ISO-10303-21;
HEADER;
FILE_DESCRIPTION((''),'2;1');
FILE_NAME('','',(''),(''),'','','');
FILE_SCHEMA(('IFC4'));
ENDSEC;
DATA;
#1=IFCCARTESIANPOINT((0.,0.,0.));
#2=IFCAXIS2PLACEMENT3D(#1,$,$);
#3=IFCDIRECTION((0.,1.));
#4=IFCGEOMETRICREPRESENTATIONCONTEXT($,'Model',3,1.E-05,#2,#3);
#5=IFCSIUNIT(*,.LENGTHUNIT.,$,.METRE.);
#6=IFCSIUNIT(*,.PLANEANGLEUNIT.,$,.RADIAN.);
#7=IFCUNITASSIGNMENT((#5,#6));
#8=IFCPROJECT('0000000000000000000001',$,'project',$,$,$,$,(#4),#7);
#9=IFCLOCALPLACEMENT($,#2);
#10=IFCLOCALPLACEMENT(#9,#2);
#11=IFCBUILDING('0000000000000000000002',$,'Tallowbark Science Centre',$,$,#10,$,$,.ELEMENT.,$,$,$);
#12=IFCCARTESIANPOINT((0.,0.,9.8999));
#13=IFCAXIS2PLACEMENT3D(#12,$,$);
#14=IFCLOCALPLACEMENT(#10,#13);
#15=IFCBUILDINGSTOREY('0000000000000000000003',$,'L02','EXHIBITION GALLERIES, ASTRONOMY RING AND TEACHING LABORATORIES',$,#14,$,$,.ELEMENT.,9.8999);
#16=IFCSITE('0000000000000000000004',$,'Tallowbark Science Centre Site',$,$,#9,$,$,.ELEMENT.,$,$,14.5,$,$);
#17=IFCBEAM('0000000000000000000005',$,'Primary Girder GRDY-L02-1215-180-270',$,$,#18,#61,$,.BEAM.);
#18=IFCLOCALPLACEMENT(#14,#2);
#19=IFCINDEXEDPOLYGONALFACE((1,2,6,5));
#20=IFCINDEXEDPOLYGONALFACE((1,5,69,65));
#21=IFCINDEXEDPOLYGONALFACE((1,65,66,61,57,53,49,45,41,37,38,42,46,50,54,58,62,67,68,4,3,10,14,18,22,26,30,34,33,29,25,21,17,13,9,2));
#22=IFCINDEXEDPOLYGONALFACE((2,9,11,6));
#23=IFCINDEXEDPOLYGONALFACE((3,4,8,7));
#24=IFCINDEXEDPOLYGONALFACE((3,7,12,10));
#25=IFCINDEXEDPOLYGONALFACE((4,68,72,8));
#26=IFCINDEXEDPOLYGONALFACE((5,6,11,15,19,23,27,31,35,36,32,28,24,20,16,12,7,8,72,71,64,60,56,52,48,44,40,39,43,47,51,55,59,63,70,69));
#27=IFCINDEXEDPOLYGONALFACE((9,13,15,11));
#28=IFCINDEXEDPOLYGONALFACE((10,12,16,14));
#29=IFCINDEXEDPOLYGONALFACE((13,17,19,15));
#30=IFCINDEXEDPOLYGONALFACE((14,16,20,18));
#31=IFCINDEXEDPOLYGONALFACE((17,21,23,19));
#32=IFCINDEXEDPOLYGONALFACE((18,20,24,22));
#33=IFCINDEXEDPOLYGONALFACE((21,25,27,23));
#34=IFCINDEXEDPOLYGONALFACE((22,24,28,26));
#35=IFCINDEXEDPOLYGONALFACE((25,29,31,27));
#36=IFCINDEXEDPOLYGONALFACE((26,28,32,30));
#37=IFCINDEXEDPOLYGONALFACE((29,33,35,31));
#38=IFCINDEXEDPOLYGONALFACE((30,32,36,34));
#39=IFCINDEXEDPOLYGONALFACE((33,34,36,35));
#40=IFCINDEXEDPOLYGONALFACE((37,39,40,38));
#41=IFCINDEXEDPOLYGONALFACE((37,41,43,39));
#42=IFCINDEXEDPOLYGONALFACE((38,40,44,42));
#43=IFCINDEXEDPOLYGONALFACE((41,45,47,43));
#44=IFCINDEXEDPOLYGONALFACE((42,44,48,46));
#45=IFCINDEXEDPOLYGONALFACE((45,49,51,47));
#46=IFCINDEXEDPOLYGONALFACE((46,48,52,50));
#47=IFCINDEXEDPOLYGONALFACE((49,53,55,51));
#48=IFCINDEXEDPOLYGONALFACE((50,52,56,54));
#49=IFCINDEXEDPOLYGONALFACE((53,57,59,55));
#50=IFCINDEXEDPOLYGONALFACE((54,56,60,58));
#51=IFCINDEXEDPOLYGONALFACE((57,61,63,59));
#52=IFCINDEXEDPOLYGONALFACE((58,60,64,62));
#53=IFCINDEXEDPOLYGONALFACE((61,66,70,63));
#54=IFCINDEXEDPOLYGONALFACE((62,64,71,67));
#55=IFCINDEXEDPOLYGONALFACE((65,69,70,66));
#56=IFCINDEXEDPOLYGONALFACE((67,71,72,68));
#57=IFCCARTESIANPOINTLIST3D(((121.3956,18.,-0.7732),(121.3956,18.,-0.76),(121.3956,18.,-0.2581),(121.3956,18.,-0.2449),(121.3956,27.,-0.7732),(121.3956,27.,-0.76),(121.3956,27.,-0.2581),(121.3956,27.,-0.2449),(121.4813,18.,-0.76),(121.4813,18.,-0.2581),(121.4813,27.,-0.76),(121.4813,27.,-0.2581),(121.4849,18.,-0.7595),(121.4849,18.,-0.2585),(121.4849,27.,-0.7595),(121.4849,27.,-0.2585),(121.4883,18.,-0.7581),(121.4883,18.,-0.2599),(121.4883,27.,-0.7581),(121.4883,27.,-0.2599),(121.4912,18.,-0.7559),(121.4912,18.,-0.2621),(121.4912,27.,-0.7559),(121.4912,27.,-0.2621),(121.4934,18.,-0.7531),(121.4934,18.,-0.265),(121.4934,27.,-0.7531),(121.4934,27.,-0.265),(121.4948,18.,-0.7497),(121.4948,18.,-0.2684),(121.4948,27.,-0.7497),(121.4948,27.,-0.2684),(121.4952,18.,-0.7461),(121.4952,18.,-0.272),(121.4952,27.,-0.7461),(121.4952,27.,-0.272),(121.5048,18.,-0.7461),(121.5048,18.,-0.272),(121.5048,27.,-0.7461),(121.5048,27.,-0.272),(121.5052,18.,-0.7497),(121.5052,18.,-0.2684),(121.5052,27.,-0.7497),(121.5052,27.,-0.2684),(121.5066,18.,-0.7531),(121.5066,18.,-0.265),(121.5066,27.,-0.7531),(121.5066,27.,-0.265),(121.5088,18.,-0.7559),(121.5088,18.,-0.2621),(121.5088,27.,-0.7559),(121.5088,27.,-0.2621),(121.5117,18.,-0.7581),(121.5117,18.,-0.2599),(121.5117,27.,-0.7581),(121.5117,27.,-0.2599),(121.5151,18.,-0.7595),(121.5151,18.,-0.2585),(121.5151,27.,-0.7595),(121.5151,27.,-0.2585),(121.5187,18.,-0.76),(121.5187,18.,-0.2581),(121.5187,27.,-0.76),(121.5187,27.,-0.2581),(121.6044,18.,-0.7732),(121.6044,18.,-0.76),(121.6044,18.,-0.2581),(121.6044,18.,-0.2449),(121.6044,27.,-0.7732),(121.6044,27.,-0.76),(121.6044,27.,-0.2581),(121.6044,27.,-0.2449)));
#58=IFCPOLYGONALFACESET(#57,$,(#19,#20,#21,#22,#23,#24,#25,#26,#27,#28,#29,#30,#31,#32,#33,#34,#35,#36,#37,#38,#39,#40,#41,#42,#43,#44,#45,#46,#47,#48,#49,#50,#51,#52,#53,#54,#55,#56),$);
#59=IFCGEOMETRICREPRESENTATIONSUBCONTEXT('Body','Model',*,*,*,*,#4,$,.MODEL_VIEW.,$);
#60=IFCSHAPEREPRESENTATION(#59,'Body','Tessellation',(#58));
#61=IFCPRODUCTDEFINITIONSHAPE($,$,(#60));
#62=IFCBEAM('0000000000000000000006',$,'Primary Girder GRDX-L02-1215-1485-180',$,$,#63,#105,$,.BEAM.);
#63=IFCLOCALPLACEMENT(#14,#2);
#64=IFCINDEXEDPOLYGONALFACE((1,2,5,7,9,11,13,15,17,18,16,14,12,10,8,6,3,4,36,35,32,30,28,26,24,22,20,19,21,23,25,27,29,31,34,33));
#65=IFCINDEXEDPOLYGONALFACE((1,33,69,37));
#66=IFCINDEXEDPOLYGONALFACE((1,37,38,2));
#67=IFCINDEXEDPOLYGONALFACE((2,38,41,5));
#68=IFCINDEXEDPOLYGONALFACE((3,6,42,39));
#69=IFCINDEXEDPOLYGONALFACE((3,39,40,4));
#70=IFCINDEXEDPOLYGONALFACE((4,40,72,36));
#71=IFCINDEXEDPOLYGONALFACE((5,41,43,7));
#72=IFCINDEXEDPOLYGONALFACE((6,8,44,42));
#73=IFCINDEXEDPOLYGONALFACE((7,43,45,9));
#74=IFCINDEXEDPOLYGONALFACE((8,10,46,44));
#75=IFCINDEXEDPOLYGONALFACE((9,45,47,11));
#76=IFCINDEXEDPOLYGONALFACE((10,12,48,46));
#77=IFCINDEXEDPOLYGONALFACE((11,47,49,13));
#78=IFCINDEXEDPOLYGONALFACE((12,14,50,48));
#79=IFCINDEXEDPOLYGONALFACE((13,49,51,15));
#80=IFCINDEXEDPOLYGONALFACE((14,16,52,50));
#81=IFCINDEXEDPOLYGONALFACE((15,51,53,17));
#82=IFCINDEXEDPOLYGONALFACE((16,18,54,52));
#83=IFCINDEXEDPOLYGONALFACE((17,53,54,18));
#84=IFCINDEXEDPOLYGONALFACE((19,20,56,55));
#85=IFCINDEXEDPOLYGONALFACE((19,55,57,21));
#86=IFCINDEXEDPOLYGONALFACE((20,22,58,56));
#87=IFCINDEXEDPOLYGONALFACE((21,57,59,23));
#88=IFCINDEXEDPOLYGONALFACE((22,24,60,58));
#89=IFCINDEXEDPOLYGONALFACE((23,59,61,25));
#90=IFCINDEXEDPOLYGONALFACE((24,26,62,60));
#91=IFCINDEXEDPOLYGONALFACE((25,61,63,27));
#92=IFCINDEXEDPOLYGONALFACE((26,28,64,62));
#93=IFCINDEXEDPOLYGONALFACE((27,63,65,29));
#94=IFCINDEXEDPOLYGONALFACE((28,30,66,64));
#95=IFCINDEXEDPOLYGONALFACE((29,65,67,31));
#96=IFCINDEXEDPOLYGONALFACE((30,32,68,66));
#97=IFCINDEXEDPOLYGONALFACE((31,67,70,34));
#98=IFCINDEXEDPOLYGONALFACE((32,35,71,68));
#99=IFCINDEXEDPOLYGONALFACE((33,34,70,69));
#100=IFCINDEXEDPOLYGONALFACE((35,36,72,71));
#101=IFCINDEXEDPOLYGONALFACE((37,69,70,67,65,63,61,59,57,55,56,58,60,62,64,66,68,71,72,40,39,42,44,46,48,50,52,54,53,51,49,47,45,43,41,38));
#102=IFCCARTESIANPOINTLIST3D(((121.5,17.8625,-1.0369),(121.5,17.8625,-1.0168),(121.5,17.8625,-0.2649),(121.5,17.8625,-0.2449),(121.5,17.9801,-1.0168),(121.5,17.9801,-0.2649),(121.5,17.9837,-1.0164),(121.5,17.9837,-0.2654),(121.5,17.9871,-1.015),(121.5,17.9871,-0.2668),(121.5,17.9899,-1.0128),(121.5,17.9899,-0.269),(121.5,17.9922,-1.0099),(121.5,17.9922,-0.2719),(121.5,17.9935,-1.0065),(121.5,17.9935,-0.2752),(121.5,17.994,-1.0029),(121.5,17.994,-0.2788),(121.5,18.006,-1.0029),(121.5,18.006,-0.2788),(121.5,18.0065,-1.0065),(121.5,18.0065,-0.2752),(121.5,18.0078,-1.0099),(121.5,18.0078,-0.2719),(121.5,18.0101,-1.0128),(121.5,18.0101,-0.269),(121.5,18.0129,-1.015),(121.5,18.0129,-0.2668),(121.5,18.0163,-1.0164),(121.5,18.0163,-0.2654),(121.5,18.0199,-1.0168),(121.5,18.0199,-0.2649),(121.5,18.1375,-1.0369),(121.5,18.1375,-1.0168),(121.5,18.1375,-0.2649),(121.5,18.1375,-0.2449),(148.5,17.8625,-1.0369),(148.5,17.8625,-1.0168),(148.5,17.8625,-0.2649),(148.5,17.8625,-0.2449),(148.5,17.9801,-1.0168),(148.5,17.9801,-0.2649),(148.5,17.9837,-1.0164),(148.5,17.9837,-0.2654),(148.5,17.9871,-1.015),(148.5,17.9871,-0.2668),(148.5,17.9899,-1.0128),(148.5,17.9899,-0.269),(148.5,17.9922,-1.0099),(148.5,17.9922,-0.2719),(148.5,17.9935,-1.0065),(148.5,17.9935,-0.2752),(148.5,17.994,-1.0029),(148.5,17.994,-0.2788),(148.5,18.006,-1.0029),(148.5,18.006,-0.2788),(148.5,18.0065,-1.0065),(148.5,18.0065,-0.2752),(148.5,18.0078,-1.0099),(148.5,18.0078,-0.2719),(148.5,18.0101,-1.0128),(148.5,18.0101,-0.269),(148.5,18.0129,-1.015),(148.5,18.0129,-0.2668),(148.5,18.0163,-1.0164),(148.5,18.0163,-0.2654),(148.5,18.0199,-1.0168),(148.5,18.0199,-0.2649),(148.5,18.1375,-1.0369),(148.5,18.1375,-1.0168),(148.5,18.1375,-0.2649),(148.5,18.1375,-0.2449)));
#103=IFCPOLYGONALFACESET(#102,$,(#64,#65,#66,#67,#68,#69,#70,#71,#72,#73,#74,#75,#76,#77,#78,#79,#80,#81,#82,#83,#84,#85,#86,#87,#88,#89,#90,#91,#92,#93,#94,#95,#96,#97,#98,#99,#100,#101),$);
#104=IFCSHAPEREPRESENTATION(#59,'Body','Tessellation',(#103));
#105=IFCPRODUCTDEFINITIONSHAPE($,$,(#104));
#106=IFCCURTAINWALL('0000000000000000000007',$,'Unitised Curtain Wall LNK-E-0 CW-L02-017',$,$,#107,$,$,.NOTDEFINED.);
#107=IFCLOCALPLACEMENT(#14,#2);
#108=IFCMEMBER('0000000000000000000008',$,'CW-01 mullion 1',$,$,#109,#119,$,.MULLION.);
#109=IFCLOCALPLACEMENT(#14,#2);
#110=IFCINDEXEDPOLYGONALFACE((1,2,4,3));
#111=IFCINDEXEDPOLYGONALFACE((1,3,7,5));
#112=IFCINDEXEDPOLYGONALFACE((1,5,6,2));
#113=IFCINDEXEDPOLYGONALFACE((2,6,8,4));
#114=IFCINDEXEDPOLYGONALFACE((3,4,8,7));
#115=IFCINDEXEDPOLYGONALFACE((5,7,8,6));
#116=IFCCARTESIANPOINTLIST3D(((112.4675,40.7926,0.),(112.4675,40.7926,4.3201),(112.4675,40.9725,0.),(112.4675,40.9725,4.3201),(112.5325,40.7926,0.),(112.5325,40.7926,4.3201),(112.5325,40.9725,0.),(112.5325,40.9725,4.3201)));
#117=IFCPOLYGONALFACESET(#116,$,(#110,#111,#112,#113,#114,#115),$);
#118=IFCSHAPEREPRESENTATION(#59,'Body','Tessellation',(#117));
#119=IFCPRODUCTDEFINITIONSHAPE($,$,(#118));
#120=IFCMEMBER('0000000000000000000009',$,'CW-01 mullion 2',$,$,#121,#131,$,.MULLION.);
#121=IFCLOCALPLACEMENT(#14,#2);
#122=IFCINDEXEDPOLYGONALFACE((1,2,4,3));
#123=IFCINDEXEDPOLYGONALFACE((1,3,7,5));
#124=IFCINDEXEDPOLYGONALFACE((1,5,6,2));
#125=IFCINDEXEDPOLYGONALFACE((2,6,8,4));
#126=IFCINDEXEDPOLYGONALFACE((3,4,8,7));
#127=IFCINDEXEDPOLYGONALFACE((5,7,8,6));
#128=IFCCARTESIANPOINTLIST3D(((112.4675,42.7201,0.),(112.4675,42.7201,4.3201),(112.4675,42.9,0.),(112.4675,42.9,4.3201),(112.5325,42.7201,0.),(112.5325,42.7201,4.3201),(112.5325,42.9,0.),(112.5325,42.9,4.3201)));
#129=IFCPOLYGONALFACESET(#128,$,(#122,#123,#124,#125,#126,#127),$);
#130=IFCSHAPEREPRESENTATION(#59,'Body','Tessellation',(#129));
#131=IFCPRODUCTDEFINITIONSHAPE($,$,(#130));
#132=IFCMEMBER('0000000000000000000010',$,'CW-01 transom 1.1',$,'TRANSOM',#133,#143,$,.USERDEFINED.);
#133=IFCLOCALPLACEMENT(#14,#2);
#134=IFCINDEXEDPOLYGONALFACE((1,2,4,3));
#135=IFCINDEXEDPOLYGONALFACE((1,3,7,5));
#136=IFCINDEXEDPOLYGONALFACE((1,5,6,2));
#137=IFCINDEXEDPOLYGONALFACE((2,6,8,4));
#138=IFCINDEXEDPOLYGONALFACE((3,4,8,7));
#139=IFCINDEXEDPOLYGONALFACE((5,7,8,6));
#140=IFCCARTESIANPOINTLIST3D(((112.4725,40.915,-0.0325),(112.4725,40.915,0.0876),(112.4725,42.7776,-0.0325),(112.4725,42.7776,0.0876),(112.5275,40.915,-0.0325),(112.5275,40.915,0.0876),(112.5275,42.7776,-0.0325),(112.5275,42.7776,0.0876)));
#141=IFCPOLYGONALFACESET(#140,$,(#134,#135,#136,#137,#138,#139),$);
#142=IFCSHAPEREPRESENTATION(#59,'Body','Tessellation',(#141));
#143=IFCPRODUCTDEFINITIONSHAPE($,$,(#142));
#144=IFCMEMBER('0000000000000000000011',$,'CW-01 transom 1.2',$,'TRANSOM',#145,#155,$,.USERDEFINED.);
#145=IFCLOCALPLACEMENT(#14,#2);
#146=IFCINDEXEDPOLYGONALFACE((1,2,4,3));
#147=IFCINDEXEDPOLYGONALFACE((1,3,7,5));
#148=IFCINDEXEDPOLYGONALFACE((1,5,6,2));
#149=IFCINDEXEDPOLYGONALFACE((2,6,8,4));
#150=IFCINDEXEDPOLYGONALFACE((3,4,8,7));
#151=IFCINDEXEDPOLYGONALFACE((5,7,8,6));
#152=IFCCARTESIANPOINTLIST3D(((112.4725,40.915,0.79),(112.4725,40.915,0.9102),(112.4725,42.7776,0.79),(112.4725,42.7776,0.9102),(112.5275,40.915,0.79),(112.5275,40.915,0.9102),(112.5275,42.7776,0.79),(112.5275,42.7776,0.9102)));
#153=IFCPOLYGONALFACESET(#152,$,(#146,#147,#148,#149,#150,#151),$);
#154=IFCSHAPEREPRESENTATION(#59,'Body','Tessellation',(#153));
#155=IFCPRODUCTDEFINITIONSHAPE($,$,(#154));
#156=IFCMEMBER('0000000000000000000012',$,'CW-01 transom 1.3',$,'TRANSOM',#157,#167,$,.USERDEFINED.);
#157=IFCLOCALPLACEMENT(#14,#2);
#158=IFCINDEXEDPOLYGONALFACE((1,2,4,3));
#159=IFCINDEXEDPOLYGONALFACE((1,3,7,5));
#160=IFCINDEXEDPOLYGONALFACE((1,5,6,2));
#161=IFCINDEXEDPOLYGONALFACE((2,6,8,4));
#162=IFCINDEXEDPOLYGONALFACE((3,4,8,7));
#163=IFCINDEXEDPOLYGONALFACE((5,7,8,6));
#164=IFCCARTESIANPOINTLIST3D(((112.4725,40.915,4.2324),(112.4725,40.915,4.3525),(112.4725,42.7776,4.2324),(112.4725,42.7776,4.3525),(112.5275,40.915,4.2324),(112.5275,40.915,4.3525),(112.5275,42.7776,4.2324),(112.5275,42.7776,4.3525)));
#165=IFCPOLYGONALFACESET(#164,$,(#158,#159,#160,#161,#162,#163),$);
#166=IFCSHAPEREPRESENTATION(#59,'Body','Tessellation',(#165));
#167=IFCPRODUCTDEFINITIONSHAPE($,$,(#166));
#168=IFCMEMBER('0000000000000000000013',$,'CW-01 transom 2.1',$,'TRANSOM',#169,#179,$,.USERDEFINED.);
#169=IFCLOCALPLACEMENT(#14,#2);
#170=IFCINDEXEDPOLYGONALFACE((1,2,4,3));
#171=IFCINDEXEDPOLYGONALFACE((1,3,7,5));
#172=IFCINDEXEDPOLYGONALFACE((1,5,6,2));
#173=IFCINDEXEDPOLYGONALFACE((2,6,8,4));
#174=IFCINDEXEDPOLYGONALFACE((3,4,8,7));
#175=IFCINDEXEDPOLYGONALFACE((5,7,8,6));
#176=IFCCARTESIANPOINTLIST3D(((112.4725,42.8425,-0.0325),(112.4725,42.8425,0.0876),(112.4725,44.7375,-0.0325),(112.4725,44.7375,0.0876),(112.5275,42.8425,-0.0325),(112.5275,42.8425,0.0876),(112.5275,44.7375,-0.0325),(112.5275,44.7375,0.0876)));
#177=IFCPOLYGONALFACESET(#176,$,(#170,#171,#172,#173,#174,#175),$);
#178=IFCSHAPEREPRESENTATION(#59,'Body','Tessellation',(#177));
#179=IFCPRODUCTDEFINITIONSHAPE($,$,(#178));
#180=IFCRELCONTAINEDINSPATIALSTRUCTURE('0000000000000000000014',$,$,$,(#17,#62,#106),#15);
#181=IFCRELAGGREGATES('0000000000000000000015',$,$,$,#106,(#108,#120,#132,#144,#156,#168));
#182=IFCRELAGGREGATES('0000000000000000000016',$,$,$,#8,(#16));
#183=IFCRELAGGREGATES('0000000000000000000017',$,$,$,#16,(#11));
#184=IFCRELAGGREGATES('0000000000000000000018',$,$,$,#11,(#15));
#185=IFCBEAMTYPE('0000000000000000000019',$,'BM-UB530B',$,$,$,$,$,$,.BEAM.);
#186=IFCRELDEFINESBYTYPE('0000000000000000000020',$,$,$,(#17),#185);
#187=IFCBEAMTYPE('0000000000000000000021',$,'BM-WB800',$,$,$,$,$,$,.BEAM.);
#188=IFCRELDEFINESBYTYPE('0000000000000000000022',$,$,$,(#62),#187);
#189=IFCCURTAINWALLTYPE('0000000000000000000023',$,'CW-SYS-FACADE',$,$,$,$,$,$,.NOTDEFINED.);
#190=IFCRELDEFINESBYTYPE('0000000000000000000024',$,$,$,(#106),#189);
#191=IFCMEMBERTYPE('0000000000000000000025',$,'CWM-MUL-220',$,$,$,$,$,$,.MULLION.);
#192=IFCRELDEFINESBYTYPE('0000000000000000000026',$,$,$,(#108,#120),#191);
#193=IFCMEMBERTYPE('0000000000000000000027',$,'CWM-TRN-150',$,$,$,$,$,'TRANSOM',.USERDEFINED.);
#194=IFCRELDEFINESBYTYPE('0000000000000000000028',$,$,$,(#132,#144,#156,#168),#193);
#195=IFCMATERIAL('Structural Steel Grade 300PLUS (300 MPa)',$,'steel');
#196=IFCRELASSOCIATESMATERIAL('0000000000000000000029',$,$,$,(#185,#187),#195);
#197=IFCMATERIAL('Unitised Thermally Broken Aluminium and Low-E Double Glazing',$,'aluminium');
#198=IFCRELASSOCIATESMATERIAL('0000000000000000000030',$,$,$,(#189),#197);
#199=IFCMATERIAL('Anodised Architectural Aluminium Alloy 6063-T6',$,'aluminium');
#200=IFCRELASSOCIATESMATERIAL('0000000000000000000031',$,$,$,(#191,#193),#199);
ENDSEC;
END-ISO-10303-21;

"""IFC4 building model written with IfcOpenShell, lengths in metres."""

from ifc_helpers import new_model, si_unit, direction, frame, origin, origin_2d, place, context, subcontext, project, spatial, rectangle, i_section, extrude, material, material_profile, profile_set, type_object, element, aggregate, save


model = new_model("IFC4")

# Units and contexts
model_context = context("Model", 3, precision=1e-05, world=origin(), true_north=direction((0.0, 1.0)))
body_context = subcontext(model_context, "Body", "Model", "MODEL_VIEW")
ifc_project = project(units=[si_unit("LENGTHUNIT", "METRE"), si_unit("PLANEANGLEUNIT", "RADIAN")], contexts=[model_context])

# Site, building, storey
site_placement = place(None, origin())
site = spatial("IfcSite", under=ifc_project, at=site_placement, Name="Tallowbark Science Centre Site", CompositionType="ELEMENT", RefElevation=14.5)
building_placement = place(site_placement, origin())
building = spatial("IfcBuilding", under=site, at=building_placement, Name="Tallowbark Science Centre", CompositionType="ELEMENT")
storey_placement = place(building_placement, frame((0.0, 0.0, 9.8999)))
storey = spatial("IfcBuildingStorey", under=building, at=storey_placement, Name="L02", Description="EXHIBITION GALLERIES, ASTRONOMY RING AND TEACHING LABORATORIES", CompositionType="ELEMENT", Elevation=9.8999)

# Shared definitions
ifc_material_1 = material(Name="Structural Steel Grade 300PLUS (300 MPa)", Category="steel")

# Beams
ifc_material_profile_1 = material_profile(ifc_material_1, i_section(OverallWidth=0.2087, OverallDepth=0.5283, WebThickness=0.0095, FlangeThickness=0.0132, FilletRadius=0.0139, at=origin_2d()), Name="530UB82.0")
ifc_profile_set_1 = profile_set([ifc_material_profile_1], Name="Structural Steel Grade 300PLUS (300 MPa)")
beam_type_1 = type_object("IfcBeamType", Name="BM-UB530B", PredefinedType="BEAM", material=ifc_profile_set_1)
beam_1_placement = place(storey_placement, frame((121.5, 18.0, -0.509), z_axis=(0.0, 1.0, 0.0), x_axis=(-1.0, 0.0, 0.0)))
element("IfcBeam", 1, at=beam_1_placement, inside=storey, type_object=beam_type_1, Name="Primary Girder GRDY-L02-1215-180-270", PredefinedType="BEAM", context=body_context, shape_type="SweptSolid", body=[
    extrude(i_section(OverallWidth=0.2087, OverallDepth=0.5283, WebThickness=0.0095, FlangeThickness=0.0132, FilletRadius=0.0139, at=origin_2d()), origin(), (0.0, 0.0, 1.0), 9.0),
])
ifc_material_profile_2 = material_profile(ifc_material_1, i_section(OverallWidth=0.2749, OverallDepth=0.792, WebThickness=0.012, FlangeThickness=0.02, FilletRadius=0.0139, at=origin_2d()), Name="800WB146")
ifc_profile_set_2 = profile_set([ifc_material_profile_2], Name="Structural Steel Grade 300PLUS (300 MPa)")
beam_type_2 = type_object("IfcBeamType", Name="BM-WB800", PredefinedType="BEAM", material=ifc_profile_set_2)
beam_2_placement = place(storey_placement, frame((121.5, 18.0, -0.6409), z_axis=(1.0, 0.0, 0.0), x_axis=(0.0, 1.0, 0.0)))
element("IfcBeam", 2, at=beam_2_placement, inside=storey, type_object=beam_type_2, Name="Primary Girder GRDX-L02-1215-1485-180", PredefinedType="BEAM", context=body_context, shape_type="SweptSolid", body=[
    extrude(i_section(OverallWidth=0.2749, OverallDepth=0.792, WebThickness=0.012, FlangeThickness=0.02, FilletRadius=0.0139, at=origin_2d()), origin(), (0.0, 0.0, 1.0), 27.0),
])

# Curtain wall, members
ifc_material_2 = material(Name="Unitised Thermally Broken Aluminium and Low-E Double Glazing", Category="aluminium")
curtain_wall_type = type_object("IfcCurtainWallType", Name="CW-SYS-FACADE", PredefinedType="NOTDEFINED", material=ifc_material_2)
curtain_wall_placement = place(storey_placement, origin())
curtain_wall = element("IfcCurtainWall", 3, at=curtain_wall_placement, inside=storey, type_object=curtain_wall_type, Name="Unitised Curtain Wall LNK-E-0 CW-L02-017", PredefinedType="NOTDEFINED")
ifc_material_3 = material(Name="Anodised Architectural Aluminium Alloy 6063-T6", Category="aluminium")
ifc_material_profile_3 = material_profile(ifc_material_3, rectangle(XDim=0.0649, YDim=0.1799, at=origin_2d()), Name="ALU65x180")
ifc_profile_set_3 = profile_set([ifc_material_profile_3], Name="Anodised Architectural Aluminium Alloy 6063-T6")
member_type_1 = type_object("IfcMemberType", Name="CWM-MUL-220", PredefinedType="MULLION", material=ifc_profile_set_3)
member_1_placement = place(storey_placement, frame((112.5, 40.8826, 0.0), z_axis=(0.0, 0.0, 1.0), x_axis=(-1.0, 0.0, 0.0)))
member_1 = element("IfcMember", 4, at=member_1_placement, type_object=member_type_1, Name="CW-01 mullion 1", PredefinedType="MULLION", context=body_context, shape_type="SweptSolid", body=[
    extrude(rectangle(XDim=0.0649, YDim=0.1799, at=origin_2d()), origin(), (0.0, 0.0, 1.0), 4.3201),
])
member_2_placement = place(storey_placement, frame((112.5, 42.8101, 0.0), z_axis=(0.0, 0.0, 1.0), x_axis=(-1.0, 0.0, 0.0)))
member_2 = element("IfcMember", 5, at=member_2_placement, type_object=member_type_1, Name="CW-01 mullion 2", PredefinedType="MULLION", context=body_context, shape_type="SweptSolid", body=[
    extrude(rectangle(XDim=0.0649, YDim=0.1799, at=origin_2d()), origin(), (0.0, 0.0, 1.0), 4.3201),
])
ifc_material_profile_4 = material_profile(ifc_material_3, rectangle(XDim=0.0549, YDim=0.1201, at=origin_2d()), Name="ALU55x120")
ifc_profile_set_4 = profile_set([ifc_material_profile_4], Name="Anodised Architectural Aluminium Alloy 6063-T6")
member_type_2 = type_object("IfcMemberType", Name="CWM-TRN-150", ElementType="TRANSOM", PredefinedType="USERDEFINED", material=ifc_profile_set_4)
member_3_placement = place(storey_placement, frame((112.5, 40.915, 0.0276), z_axis=(0.0, 1.0, 0.0), x_axis=(-1.0, 0.0, 0.0)))
member_3 = element("IfcMember", 6, at=member_3_placement, type_object=member_type_2, Name="CW-01 transom 1.1", ObjectType="TRANSOM", PredefinedType="USERDEFINED", context=body_context, shape_type="SweptSolid", body=[
    extrude(rectangle(XDim=0.0549, YDim=0.1201, at=origin_2d()), origin(), (0.0, 0.0, 1.0), 1.8625),
])
member_4_placement = place(storey_placement, frame((112.5, 40.915, 0.8501), z_axis=(0.0, 1.0, 0.0), x_axis=(-1.0, 0.0, 0.0)))
member_4 = element("IfcMember", 7, at=member_4_placement, type_object=member_type_2, Name="CW-01 transom 1.2", ObjectType="TRANSOM", PredefinedType="USERDEFINED", context=body_context, shape_type="SweptSolid", body=[
    extrude(rectangle(XDim=0.0549, YDim=0.1201, at=origin_2d()), origin(), (0.0, 0.0, 1.0), 1.8625),
])
member_5_placement = place(storey_placement, frame((112.5, 40.915, 4.2925), z_axis=(0.0, 1.0, 0.0), x_axis=(-1.0, 0.0, 0.0)))
member_5 = element("IfcMember", 8, at=member_5_placement, type_object=member_type_2, Name="CW-01 transom 1.3", ObjectType="TRANSOM", PredefinedType="USERDEFINED", context=body_context, shape_type="SweptSolid", body=[
    extrude(rectangle(XDim=0.0549, YDim=0.1201, at=origin_2d()), origin(), (0.0, 0.0, 1.0), 1.8625),
])
member_6_placement = place(storey_placement, frame((112.5, 42.8425, 0.0276), z_axis=(0.0, 1.0, 0.0), x_axis=(-1.0, 0.0, 0.0)))
member_6 = element("IfcMember", 9, at=member_6_placement, type_object=member_type_2, Name="CW-01 transom 2.1", ObjectType="TRANSOM", PredefinedType="USERDEFINED", context=body_context, shape_type="SweptSolid", body=[
    extrude(rectangle(XDim=0.0549, YDim=0.1201, at=origin_2d()), origin(), (0.0, 0.0, 1.0), 1.895),
])

aggregate(curtain_wall, [member_1, member_2, member_3, member_4, member_5, member_6])

save(model, "model.ifc")
